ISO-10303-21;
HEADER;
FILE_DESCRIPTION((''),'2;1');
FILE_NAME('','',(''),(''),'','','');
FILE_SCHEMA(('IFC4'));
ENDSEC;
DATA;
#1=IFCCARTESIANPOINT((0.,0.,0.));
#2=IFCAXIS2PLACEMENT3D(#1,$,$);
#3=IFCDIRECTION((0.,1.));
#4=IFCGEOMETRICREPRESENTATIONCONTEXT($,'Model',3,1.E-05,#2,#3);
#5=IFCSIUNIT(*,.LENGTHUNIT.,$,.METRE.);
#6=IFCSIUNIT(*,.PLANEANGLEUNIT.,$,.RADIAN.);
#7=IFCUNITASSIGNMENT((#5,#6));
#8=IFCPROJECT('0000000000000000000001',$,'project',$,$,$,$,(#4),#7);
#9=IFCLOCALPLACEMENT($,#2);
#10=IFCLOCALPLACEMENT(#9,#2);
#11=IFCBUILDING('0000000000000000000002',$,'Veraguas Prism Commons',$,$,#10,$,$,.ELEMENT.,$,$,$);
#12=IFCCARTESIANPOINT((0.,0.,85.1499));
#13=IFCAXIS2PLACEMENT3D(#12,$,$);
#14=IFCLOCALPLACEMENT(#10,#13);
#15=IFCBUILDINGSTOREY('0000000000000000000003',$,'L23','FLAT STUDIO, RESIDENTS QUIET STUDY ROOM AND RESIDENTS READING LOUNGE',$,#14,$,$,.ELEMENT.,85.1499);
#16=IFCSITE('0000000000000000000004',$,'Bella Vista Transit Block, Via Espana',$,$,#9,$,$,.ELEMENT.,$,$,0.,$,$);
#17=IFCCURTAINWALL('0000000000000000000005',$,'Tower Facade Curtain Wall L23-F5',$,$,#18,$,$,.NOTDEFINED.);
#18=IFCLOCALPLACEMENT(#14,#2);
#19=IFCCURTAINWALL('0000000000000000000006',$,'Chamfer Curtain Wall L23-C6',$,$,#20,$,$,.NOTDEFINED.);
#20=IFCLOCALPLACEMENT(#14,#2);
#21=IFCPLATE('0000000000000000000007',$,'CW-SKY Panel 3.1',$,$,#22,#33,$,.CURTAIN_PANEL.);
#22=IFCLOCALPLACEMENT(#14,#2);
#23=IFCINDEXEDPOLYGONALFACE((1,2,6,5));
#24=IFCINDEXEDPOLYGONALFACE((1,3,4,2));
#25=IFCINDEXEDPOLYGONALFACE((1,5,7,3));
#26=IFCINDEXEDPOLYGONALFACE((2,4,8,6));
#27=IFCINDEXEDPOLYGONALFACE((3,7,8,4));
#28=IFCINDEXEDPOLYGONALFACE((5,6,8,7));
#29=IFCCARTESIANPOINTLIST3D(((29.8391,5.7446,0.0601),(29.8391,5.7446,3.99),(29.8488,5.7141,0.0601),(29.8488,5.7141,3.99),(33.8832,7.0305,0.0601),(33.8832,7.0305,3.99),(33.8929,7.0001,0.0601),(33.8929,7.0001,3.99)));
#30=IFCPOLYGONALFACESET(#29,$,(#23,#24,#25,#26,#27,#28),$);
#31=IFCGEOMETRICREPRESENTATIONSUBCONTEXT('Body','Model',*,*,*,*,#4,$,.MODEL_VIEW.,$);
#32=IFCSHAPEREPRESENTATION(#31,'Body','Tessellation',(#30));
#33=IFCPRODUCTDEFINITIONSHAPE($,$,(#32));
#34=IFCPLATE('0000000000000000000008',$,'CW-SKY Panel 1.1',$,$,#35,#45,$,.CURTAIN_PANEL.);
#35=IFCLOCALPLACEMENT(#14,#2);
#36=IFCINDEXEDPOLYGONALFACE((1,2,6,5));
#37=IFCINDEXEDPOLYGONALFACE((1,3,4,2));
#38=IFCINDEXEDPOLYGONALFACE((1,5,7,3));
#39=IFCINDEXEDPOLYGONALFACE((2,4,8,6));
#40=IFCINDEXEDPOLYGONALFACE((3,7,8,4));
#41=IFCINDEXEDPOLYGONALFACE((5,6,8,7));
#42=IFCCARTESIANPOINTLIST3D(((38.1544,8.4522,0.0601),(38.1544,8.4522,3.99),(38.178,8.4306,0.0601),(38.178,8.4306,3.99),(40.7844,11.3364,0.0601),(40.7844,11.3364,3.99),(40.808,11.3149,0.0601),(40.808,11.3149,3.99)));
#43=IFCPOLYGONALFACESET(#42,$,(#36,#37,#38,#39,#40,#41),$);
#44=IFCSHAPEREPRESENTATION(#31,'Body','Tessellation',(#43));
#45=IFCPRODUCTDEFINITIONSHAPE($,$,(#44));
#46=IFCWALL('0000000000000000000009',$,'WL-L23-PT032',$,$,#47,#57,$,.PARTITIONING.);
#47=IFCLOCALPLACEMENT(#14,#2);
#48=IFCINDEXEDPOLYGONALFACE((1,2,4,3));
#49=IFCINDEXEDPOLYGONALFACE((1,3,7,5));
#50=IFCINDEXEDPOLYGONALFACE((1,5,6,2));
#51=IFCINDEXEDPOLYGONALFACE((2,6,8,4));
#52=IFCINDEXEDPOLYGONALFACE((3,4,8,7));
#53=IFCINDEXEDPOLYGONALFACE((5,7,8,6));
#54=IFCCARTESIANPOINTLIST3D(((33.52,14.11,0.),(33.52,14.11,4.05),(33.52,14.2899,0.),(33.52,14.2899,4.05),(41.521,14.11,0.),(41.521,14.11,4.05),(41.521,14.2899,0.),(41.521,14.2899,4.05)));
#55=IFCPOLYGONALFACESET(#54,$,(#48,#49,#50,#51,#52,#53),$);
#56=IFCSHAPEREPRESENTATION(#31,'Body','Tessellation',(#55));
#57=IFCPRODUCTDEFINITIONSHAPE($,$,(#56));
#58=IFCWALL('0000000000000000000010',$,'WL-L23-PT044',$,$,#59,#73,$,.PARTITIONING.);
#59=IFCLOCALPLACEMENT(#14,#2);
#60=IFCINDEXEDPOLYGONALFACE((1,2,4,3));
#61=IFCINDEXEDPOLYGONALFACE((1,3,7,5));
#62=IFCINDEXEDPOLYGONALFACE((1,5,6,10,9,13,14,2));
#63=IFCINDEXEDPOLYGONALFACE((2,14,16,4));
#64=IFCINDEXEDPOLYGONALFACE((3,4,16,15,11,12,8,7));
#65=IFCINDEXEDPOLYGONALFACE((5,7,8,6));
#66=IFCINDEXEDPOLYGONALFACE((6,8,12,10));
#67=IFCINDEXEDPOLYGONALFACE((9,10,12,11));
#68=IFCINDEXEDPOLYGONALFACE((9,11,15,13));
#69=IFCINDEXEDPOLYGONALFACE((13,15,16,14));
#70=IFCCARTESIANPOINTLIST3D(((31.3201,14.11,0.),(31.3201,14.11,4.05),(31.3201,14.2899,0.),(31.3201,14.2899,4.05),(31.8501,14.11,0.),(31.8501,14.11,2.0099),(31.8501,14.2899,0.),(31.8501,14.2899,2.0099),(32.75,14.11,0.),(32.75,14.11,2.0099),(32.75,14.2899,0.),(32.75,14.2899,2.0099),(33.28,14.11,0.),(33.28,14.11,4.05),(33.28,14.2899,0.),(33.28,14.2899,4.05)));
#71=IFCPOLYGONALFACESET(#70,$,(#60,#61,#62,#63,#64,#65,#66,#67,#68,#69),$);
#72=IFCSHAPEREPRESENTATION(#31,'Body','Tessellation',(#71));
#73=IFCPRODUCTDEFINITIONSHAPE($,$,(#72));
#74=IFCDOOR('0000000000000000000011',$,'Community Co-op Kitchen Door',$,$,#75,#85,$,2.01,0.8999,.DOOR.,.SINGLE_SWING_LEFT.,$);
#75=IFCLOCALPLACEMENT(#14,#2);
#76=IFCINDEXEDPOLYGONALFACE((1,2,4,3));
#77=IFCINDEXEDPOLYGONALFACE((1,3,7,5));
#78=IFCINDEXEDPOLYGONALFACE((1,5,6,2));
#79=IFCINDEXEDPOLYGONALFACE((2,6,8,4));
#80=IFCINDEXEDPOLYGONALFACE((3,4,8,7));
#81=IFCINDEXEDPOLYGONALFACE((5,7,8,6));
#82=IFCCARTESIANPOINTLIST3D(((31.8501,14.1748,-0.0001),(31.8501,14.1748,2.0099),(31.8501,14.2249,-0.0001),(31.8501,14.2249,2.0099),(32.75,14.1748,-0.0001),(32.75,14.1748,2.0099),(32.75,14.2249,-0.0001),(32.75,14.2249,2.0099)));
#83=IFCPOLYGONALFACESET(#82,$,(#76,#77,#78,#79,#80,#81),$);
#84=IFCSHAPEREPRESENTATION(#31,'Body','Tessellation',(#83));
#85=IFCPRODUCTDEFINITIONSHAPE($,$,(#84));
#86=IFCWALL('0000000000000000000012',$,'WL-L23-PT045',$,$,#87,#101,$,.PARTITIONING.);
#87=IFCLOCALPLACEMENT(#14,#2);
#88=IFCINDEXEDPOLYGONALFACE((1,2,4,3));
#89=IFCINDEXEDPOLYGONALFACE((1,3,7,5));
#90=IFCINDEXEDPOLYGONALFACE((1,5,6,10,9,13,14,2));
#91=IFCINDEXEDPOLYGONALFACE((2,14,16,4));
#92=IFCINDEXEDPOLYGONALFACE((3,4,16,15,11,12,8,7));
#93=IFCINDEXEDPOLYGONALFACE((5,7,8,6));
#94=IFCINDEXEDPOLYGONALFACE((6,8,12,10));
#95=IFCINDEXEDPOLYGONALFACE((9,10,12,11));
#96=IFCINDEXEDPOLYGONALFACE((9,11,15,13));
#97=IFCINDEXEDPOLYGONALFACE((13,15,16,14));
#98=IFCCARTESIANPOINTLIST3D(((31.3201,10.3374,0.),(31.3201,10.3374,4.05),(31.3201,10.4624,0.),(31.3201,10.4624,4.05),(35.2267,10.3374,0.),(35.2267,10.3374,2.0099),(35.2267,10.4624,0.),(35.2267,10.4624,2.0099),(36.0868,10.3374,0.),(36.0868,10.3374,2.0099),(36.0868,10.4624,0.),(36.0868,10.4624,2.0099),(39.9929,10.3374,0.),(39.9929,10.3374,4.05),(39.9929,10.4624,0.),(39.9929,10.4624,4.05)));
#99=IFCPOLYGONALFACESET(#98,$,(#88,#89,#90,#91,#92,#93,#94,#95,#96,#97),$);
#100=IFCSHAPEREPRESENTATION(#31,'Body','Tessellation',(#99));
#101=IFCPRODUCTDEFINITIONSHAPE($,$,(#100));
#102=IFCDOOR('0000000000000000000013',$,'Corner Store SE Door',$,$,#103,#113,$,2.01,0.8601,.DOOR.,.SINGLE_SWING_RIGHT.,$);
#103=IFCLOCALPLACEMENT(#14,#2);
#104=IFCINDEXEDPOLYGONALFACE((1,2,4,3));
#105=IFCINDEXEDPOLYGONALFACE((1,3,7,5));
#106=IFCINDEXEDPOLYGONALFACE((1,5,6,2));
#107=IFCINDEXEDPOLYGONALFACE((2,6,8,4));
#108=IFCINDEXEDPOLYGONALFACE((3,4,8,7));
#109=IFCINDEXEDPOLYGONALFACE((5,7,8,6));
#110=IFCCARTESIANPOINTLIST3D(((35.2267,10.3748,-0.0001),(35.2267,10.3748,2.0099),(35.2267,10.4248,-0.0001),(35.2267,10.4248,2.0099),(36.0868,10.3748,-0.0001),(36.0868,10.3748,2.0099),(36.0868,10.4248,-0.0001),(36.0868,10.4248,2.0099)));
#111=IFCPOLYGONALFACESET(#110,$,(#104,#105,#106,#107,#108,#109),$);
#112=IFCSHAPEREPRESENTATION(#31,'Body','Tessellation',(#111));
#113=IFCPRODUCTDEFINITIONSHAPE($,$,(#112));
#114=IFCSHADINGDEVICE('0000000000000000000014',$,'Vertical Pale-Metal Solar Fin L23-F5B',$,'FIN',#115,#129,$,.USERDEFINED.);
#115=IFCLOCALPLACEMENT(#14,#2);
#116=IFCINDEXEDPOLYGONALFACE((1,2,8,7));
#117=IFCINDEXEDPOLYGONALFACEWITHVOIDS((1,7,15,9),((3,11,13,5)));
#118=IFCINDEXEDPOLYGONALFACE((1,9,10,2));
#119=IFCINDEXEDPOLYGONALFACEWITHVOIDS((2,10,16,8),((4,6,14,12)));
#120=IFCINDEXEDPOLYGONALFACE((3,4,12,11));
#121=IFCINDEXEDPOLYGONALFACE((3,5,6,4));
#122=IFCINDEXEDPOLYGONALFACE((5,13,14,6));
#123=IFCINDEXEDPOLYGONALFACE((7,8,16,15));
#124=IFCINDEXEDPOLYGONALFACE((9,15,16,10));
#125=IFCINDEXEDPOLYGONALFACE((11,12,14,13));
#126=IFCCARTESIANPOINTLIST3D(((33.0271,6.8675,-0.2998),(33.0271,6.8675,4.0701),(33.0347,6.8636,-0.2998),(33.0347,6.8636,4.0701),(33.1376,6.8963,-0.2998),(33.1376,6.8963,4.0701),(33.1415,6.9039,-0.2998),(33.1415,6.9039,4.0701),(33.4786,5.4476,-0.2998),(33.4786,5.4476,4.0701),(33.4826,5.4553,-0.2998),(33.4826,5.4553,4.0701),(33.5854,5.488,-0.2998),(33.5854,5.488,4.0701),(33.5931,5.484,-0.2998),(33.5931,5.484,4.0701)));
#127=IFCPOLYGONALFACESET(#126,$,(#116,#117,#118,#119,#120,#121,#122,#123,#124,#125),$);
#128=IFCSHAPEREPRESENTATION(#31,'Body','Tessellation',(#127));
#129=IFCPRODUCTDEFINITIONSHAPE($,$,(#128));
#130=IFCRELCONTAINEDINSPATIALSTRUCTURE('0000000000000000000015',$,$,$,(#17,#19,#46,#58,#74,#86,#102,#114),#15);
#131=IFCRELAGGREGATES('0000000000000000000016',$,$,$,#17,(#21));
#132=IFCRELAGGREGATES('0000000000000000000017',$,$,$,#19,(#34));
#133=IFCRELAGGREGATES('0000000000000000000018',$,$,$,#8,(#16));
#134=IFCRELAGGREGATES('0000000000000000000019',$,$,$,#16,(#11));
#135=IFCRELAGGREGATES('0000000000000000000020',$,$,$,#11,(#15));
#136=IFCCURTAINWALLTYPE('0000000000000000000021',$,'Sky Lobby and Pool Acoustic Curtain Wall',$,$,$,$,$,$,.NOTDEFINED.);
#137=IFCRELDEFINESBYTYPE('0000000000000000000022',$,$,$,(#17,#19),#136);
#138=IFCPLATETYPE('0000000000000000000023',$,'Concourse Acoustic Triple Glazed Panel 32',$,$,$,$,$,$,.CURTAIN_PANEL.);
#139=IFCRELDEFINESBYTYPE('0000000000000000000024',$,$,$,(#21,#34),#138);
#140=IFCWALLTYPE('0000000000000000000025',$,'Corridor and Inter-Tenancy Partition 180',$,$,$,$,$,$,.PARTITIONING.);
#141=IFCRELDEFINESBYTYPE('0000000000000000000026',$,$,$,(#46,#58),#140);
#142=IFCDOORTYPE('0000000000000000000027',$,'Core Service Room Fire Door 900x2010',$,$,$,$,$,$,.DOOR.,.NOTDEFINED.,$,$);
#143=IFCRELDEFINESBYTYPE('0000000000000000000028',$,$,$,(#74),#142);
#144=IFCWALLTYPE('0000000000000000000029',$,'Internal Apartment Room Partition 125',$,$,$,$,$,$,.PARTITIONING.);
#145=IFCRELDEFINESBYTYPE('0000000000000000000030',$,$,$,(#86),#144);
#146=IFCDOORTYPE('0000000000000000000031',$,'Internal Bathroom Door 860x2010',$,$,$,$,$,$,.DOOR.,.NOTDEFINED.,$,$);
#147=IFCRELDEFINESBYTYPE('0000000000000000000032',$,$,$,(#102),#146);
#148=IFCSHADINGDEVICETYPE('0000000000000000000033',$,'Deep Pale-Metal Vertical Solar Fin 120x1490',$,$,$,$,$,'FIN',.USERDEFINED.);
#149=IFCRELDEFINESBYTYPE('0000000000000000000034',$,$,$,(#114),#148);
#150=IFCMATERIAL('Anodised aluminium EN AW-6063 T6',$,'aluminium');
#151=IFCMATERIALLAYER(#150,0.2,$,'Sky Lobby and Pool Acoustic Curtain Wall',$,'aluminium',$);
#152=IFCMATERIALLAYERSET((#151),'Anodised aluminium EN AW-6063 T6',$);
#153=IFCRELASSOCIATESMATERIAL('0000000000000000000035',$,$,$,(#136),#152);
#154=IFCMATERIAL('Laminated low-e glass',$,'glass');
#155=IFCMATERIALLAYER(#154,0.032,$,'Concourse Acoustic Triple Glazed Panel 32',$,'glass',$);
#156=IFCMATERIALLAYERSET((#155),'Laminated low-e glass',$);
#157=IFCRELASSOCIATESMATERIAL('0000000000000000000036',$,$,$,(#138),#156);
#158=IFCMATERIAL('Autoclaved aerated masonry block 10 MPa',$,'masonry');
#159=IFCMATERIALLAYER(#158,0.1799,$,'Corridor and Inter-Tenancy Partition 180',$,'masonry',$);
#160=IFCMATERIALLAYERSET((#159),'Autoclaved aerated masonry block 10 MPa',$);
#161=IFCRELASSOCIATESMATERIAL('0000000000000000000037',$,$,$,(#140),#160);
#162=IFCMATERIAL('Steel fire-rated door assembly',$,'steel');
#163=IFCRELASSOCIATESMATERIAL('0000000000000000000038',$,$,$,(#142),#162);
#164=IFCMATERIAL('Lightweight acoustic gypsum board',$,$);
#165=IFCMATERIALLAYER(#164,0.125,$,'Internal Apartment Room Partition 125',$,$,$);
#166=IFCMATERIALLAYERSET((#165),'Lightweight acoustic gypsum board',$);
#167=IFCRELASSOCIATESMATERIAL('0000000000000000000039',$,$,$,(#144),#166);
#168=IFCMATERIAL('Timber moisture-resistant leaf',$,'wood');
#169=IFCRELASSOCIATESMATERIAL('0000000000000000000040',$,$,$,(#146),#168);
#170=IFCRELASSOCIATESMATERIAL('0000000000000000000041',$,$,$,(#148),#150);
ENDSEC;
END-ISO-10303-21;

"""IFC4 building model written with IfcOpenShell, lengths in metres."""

from ifc_helpers import new_model, si_unit, direction, frame, frame_2d, origin, origin_2d, place, context, subcontext, project, spatial, rectangle, hollow_rectangle, extrude, source, transform, mapped, material, layer, layer_set, material_profile, profile_set, type_object, element, fill, aggregate, save


model = new_model("IFC4")

# Units and contexts
model_context = context("Model", 3, precision=1e-05, world=origin(), true_north=direction((0.0, 1.0)))
body_context = subcontext(model_context, "Body", "Model", "MODEL_VIEW")
ifc_project = project(units=[si_unit("LENGTHUNIT", "METRE"), si_unit("PLANEANGLEUNIT", "RADIAN")], contexts=[model_context])

# Site, building, storey
site_placement = place(None, origin())
site = spatial("IfcSite", under=ifc_project, at=site_placement, Name="Bella Vista Transit Block, Via Espana", CompositionType="ELEMENT", RefElevation=0.0)
building_placement = place(site_placement, origin())
building = spatial("IfcBuilding", under=site, at=building_placement, Name="Veraguas Prism Commons", CompositionType="ELEMENT")
storey_placement = place(building_placement, frame((0.0, 0.0, 85.1499)))
storey = spatial("IfcBuildingStorey", under=building, at=storey_placement, Name="L23", Description="FLAT STUDIO, RESIDENTS QUIET STUDY ROOM AND RESIDENTS READING LOUNGE", CompositionType="ELEMENT", Elevation=85.1499)

# Curtain wall
ifc_material_1 = material(Name="Anodised aluminium EN AW-6063 T6", Category="aluminium")
ifc_layer_1 = layer(ifc_material_1, 0.2, Name="Sky Lobby and Pool Acoustic Curtain Wall", Category="aluminium")
ifc_layer_set_1 = layer_set([ifc_layer_1], Name="Anodised aluminium EN AW-6063 T6")
curtain_wall_type = type_object("IfcCurtainWallType", Name="Sky Lobby and Pool Acoustic Curtain Wall", PredefinedType="NOTDEFINED", material=ifc_layer_set_1)
curtain_wall_1_placement = place(storey_placement, origin())
curtain_wall_1 = element("IfcCurtainWall", 1, at=curtain_wall_1_placement, inside=storey, type_object=curtain_wall_type, Name="Tower Facade Curtain Wall L23-F5", PredefinedType="NOTDEFINED")

# Curtain wall
curtain_wall_2_placement = place(storey_placement, origin())
curtain_wall_2 = element("IfcCurtainWall", 2, at=curtain_wall_2_placement, inside=storey, type_object=curtain_wall_type, Name="Chamfer Curtain Wall L23-C6", PredefinedType="NOTDEFINED")

# Plates
ifc_material_2 = material(Name="Laminated low-e glass", Category="glass")
ifc_layer_2 = layer(ifc_material_2, 0.032, Name="Concourse Acoustic Triple Glazed Panel 32", Category="glass")
ifc_layer_set_2 = layer_set([ifc_layer_2], Name="Laminated low-e glass")
plate_type = type_object("IfcPlateType", Name="Concourse Acoustic Triple Glazed Panel 32", PredefinedType="CURTAIN_PANEL", material=ifc_layer_set_2)
shared_shape_1 = source(origin(), body_context, "Body", "SweptSolid", [
    extrude(rectangle(XDim=4.2437, YDim=0.032, at=origin_2d()), origin(), (0.0, 0.0, 1.0), 3.9299),
])
plate_1_placement = place(storey_placement, frame((31.866, 6.3723, 0.0601), z_axis=(0.0, 0.0, 1.0), x_axis=(0.952979, 0.303035, 0.0)))
plate_1 = element("IfcPlate", 3, at=plate_1_placement, type_object=plate_type, Name="CW-SKY Panel 3.1", PredefinedType="CURTAIN_PANEL", context=body_context, shape_type="MappedRepresentation", body=[
    mapped(shared_shape_1, transform((0.0, 0.0, 0.0), scale=1.0)),
])
aggregate(curtain_wall_1, [plate_1])
shared_shape_2 = source(origin(), body_context, "Body", "SweptSolid", [
    extrude(rectangle(XDim=3.9033, YDim=0.032, at=origin_2d()), origin(), (0.0, 0.0, 1.0), 3.9299),
])
plate_2_placement = place(storey_placement, frame((39.4812, 9.8835, 0.0601), z_axis=(0.0, 0.0, 1.0), x_axis=(0.673791, 0.738922, 0.0)))
plate_2 = element("IfcPlate", 4, at=plate_2_placement, type_object=plate_type, Name="CW-SKY Panel 1.1", PredefinedType="CURTAIN_PANEL", context=body_context, shape_type="MappedRepresentation", body=[
    mapped(shared_shape_2, transform((0.0, 0.0, 0.0), scale=1.0)),
])
aggregate(curtain_wall_2, [plate_2])

# Wall
ifc_material_3 = material(Name="Autoclaved aerated masonry block 10 MPa", Category="masonry")
ifc_layer_3 = layer(ifc_material_3, 0.1799, Name="Corridor and Inter-Tenancy Partition 180", Category="masonry")
ifc_layer_set_3 = layer_set([ifc_layer_3], Name="Autoclaved aerated masonry block 10 MPa")
wall_type_1 = type_object("IfcWallType", Name="Corridor and Inter-Tenancy Partition 180", PredefinedType="PARTITIONING", material=ifc_layer_set_3)
wall_1_placement = place(storey_placement, frame((33.52, 14.2, 0.0), z_axis=(0.0, 0.0, 1.0), x_axis=(1.0, 0.0, 0.0)))
element("IfcWall", 5, at=wall_1_placement, inside=storey, type_object=wall_type_1, Name="WL-L23-PT032", PredefinedType="PARTITIONING", context=body_context, shape_type="SweptSolid", body=[
    extrude(rectangle(XDim=8.001, YDim=0.1799, at=frame_2d((4.0005, 0.0))), origin(), (0.0, 0.0, 1.0), 4.05),
])

# Walls, openings, doors
wall_2_placement = place(storey_placement, frame((31.3201, 14.2, 0.0), z_axis=(0.0, 0.0, 1.0), x_axis=(1.0, 0.0, 0.0)))
wall_2 = element("IfcWall", 6, at=wall_2_placement, inside=storey, type_object=wall_type_1, Name="WL-L23-PT044", PredefinedType="PARTITIONING", context=body_context, shape_type="SweptSolid", body=[
    extrude(rectangle(XDim=1.96, YDim=0.1799, at=frame_2d((0.98, 0.0))), origin(), (0.0, 0.0, 1.0), 4.05),
])
opening_1_placement = place(wall_2_placement, frame((0.53, 0.0, 0.0)))
opening_1 = element("IfcOpeningElement", 7, at=opening_1_placement, cuts=wall_2, PredefinedType="OPENING", context=body_context, shape_type="SweptSolid", body=[
    extrude(rectangle(XDim=0.8999, YDim=2.01, at=frame_2d((0.45, 1.0049))), frame((0.0, 0.0999, 0.0), z_axis=(0.0, -1.0, 0.0), x_axis=(1.0, 0.0, 0.0)), (0.0, 0.0, 1.0), 0.2),
])
ifc_material_4 = material(Name="Steel fire-rated door assembly", Category="steel")
door_type_1 = type_object("IfcDoorType", Name="Core Service Room Fire Door 900x2010", OperationType="NOTDEFINED", PredefinedType="DOOR", material=ifc_material_4)
shared_shape_3 = source(origin(), body_context, "Body", "SweptSolid", [
    extrude(rectangle(XDim=0.8999, YDim=2.01, at=frame_2d((0.45, 1.0049))), frame((0.0, 0.0249, 0.0), z_axis=(0.0, -1.0, 0.0), x_axis=(1.0, 0.0, 0.0)), (0.0, 0.0, 1.0), 0.05),
])
door_1_placement = place(opening_1_placement, origin())
door_1 = element("IfcDoor", 8, at=door_1_placement, inside=storey, type_object=door_type_1, Name="Community Co-op Kitchen Door", OperationType="SINGLE_SWING_LEFT", OverallHeight=2.01, OverallWidth=0.8999, PredefinedType="DOOR", context=body_context, shape_type="MappedRepresentation", body=[
    mapped(shared_shape_3, transform((0.0, 0.0, 0.0), scale=1.0)),
])
fill(opening_1, door_1)
ifc_material_5 = material(Name="Lightweight acoustic gypsum board")
ifc_layer_4 = layer(ifc_material_5, 0.125, Name="Internal Apartment Room Partition 125")
ifc_layer_set_4 = layer_set([ifc_layer_4], Name="Lightweight acoustic gypsum board")
wall_type_2 = type_object("IfcWallType", Name="Internal Apartment Room Partition 125", PredefinedType="PARTITIONING", material=ifc_layer_set_4)
wall_3_placement = place(storey_placement, frame((31.3201, 10.3999, 0.0), z_axis=(0.0, 0.0, 1.0), x_axis=(1.0, 0.0, 0.0)))
wall_3 = element("IfcWall", 9, at=wall_3_placement, inside=storey, type_object=wall_type_2, Name="WL-L23-PT045", PredefinedType="PARTITIONING", context=body_context, shape_type="SweptSolid", body=[
    extrude(rectangle(XDim=8.6729, YDim=0.125, at=frame_2d((4.3364, 0.0))), origin(), (0.0, 0.0, 1.0), 4.05),
])
opening_2_placement = place(wall_3_placement, frame((3.9065, 0.0, 0.0)))
opening_2 = element("IfcOpeningElement", 10, at=opening_2_placement, cuts=wall_3, PredefinedType="OPENING", context=body_context, shape_type="SweptSolid", body=[
    extrude(rectangle(XDim=0.8601, YDim=2.01, at=frame_2d((0.4302, 1.0049))), frame((0.0, 0.0725, 0.0), z_axis=(0.0, -1.0, 0.0), x_axis=(1.0, 0.0, 0.0)), (0.0, 0.0, 1.0), 0.145),
])
ifc_material_6 = material(Name="Timber moisture-resistant leaf", Category="wood")
door_type_2 = type_object("IfcDoorType", Name="Internal Bathroom Door 860x2010", OperationType="NOTDEFINED", PredefinedType="DOOR", material=ifc_material_6)
shared_shape_4 = source(origin(), body_context, "Body", "SweptSolid", [
    extrude(rectangle(XDim=0.8601, YDim=2.01, at=frame_2d((0.4302, 1.0049))), frame((0.0, 0.0249, 0.0), z_axis=(0.0, -1.0, 0.0), x_axis=(1.0, 0.0, 0.0)), (0.0, 0.0, 1.0), 0.05),
])
door_2_placement = place(opening_2_placement, origin())
door_2 = element("IfcDoor", 11, at=door_2_placement, inside=storey, type_object=door_type_2, Name="Corner Store SE Door", OperationType="SINGLE_SWING_RIGHT", OverallHeight=2.01, OverallWidth=0.8601, PredefinedType="DOOR", context=body_context, shape_type="MappedRepresentation", body=[
    mapped(shared_shape_4, transform((0.0, 0.0, 0.0), scale=1.0)),
])
fill(opening_2, door_2)

# Shading device
ifc_material_profile_1 = material_profile(ifc_material_1, hollow_rectangle(XDim=0.1201, YDim=1.49, WallThickness=0.0061, at=origin_2d()), Name="FIN120X1490X6")
ifc_profile_set_1 = profile_set([ifc_material_profile_1], Name="Anodised aluminium EN AW-6063 T6")
shading_device_type = type_object("IfcShadingDeviceType", Name="Deep Pale-Metal Vertical Solar Fin 120x1490", ElementType="FIN", PredefinedType="USERDEFINED", material=ifc_profile_set_1)
shading_device_placement = place(storey_placement, frame((33.3101, 6.1758, -0.2998), z_axis=(0.0, 0.0, 1.0), x_axis=(0.952979, 0.303037, 0.0)))
element("IfcShadingDevice", 12, at=shading_device_placement, inside=storey, type_object=shading_device_type, Name="Vertical Pale-Metal Solar Fin L23-F5B", ObjectType="FIN", PredefinedType="USERDEFINED", context=body_context, shape_type="SweptSolid", body=[
    extrude(hollow_rectangle(XDim=0.1201, YDim=1.49, WallThickness=0.0061, at=origin_2d()), origin(), (0.0, 0.0, 1.0), 4.3699),
])

save(model, "model.ifc")
